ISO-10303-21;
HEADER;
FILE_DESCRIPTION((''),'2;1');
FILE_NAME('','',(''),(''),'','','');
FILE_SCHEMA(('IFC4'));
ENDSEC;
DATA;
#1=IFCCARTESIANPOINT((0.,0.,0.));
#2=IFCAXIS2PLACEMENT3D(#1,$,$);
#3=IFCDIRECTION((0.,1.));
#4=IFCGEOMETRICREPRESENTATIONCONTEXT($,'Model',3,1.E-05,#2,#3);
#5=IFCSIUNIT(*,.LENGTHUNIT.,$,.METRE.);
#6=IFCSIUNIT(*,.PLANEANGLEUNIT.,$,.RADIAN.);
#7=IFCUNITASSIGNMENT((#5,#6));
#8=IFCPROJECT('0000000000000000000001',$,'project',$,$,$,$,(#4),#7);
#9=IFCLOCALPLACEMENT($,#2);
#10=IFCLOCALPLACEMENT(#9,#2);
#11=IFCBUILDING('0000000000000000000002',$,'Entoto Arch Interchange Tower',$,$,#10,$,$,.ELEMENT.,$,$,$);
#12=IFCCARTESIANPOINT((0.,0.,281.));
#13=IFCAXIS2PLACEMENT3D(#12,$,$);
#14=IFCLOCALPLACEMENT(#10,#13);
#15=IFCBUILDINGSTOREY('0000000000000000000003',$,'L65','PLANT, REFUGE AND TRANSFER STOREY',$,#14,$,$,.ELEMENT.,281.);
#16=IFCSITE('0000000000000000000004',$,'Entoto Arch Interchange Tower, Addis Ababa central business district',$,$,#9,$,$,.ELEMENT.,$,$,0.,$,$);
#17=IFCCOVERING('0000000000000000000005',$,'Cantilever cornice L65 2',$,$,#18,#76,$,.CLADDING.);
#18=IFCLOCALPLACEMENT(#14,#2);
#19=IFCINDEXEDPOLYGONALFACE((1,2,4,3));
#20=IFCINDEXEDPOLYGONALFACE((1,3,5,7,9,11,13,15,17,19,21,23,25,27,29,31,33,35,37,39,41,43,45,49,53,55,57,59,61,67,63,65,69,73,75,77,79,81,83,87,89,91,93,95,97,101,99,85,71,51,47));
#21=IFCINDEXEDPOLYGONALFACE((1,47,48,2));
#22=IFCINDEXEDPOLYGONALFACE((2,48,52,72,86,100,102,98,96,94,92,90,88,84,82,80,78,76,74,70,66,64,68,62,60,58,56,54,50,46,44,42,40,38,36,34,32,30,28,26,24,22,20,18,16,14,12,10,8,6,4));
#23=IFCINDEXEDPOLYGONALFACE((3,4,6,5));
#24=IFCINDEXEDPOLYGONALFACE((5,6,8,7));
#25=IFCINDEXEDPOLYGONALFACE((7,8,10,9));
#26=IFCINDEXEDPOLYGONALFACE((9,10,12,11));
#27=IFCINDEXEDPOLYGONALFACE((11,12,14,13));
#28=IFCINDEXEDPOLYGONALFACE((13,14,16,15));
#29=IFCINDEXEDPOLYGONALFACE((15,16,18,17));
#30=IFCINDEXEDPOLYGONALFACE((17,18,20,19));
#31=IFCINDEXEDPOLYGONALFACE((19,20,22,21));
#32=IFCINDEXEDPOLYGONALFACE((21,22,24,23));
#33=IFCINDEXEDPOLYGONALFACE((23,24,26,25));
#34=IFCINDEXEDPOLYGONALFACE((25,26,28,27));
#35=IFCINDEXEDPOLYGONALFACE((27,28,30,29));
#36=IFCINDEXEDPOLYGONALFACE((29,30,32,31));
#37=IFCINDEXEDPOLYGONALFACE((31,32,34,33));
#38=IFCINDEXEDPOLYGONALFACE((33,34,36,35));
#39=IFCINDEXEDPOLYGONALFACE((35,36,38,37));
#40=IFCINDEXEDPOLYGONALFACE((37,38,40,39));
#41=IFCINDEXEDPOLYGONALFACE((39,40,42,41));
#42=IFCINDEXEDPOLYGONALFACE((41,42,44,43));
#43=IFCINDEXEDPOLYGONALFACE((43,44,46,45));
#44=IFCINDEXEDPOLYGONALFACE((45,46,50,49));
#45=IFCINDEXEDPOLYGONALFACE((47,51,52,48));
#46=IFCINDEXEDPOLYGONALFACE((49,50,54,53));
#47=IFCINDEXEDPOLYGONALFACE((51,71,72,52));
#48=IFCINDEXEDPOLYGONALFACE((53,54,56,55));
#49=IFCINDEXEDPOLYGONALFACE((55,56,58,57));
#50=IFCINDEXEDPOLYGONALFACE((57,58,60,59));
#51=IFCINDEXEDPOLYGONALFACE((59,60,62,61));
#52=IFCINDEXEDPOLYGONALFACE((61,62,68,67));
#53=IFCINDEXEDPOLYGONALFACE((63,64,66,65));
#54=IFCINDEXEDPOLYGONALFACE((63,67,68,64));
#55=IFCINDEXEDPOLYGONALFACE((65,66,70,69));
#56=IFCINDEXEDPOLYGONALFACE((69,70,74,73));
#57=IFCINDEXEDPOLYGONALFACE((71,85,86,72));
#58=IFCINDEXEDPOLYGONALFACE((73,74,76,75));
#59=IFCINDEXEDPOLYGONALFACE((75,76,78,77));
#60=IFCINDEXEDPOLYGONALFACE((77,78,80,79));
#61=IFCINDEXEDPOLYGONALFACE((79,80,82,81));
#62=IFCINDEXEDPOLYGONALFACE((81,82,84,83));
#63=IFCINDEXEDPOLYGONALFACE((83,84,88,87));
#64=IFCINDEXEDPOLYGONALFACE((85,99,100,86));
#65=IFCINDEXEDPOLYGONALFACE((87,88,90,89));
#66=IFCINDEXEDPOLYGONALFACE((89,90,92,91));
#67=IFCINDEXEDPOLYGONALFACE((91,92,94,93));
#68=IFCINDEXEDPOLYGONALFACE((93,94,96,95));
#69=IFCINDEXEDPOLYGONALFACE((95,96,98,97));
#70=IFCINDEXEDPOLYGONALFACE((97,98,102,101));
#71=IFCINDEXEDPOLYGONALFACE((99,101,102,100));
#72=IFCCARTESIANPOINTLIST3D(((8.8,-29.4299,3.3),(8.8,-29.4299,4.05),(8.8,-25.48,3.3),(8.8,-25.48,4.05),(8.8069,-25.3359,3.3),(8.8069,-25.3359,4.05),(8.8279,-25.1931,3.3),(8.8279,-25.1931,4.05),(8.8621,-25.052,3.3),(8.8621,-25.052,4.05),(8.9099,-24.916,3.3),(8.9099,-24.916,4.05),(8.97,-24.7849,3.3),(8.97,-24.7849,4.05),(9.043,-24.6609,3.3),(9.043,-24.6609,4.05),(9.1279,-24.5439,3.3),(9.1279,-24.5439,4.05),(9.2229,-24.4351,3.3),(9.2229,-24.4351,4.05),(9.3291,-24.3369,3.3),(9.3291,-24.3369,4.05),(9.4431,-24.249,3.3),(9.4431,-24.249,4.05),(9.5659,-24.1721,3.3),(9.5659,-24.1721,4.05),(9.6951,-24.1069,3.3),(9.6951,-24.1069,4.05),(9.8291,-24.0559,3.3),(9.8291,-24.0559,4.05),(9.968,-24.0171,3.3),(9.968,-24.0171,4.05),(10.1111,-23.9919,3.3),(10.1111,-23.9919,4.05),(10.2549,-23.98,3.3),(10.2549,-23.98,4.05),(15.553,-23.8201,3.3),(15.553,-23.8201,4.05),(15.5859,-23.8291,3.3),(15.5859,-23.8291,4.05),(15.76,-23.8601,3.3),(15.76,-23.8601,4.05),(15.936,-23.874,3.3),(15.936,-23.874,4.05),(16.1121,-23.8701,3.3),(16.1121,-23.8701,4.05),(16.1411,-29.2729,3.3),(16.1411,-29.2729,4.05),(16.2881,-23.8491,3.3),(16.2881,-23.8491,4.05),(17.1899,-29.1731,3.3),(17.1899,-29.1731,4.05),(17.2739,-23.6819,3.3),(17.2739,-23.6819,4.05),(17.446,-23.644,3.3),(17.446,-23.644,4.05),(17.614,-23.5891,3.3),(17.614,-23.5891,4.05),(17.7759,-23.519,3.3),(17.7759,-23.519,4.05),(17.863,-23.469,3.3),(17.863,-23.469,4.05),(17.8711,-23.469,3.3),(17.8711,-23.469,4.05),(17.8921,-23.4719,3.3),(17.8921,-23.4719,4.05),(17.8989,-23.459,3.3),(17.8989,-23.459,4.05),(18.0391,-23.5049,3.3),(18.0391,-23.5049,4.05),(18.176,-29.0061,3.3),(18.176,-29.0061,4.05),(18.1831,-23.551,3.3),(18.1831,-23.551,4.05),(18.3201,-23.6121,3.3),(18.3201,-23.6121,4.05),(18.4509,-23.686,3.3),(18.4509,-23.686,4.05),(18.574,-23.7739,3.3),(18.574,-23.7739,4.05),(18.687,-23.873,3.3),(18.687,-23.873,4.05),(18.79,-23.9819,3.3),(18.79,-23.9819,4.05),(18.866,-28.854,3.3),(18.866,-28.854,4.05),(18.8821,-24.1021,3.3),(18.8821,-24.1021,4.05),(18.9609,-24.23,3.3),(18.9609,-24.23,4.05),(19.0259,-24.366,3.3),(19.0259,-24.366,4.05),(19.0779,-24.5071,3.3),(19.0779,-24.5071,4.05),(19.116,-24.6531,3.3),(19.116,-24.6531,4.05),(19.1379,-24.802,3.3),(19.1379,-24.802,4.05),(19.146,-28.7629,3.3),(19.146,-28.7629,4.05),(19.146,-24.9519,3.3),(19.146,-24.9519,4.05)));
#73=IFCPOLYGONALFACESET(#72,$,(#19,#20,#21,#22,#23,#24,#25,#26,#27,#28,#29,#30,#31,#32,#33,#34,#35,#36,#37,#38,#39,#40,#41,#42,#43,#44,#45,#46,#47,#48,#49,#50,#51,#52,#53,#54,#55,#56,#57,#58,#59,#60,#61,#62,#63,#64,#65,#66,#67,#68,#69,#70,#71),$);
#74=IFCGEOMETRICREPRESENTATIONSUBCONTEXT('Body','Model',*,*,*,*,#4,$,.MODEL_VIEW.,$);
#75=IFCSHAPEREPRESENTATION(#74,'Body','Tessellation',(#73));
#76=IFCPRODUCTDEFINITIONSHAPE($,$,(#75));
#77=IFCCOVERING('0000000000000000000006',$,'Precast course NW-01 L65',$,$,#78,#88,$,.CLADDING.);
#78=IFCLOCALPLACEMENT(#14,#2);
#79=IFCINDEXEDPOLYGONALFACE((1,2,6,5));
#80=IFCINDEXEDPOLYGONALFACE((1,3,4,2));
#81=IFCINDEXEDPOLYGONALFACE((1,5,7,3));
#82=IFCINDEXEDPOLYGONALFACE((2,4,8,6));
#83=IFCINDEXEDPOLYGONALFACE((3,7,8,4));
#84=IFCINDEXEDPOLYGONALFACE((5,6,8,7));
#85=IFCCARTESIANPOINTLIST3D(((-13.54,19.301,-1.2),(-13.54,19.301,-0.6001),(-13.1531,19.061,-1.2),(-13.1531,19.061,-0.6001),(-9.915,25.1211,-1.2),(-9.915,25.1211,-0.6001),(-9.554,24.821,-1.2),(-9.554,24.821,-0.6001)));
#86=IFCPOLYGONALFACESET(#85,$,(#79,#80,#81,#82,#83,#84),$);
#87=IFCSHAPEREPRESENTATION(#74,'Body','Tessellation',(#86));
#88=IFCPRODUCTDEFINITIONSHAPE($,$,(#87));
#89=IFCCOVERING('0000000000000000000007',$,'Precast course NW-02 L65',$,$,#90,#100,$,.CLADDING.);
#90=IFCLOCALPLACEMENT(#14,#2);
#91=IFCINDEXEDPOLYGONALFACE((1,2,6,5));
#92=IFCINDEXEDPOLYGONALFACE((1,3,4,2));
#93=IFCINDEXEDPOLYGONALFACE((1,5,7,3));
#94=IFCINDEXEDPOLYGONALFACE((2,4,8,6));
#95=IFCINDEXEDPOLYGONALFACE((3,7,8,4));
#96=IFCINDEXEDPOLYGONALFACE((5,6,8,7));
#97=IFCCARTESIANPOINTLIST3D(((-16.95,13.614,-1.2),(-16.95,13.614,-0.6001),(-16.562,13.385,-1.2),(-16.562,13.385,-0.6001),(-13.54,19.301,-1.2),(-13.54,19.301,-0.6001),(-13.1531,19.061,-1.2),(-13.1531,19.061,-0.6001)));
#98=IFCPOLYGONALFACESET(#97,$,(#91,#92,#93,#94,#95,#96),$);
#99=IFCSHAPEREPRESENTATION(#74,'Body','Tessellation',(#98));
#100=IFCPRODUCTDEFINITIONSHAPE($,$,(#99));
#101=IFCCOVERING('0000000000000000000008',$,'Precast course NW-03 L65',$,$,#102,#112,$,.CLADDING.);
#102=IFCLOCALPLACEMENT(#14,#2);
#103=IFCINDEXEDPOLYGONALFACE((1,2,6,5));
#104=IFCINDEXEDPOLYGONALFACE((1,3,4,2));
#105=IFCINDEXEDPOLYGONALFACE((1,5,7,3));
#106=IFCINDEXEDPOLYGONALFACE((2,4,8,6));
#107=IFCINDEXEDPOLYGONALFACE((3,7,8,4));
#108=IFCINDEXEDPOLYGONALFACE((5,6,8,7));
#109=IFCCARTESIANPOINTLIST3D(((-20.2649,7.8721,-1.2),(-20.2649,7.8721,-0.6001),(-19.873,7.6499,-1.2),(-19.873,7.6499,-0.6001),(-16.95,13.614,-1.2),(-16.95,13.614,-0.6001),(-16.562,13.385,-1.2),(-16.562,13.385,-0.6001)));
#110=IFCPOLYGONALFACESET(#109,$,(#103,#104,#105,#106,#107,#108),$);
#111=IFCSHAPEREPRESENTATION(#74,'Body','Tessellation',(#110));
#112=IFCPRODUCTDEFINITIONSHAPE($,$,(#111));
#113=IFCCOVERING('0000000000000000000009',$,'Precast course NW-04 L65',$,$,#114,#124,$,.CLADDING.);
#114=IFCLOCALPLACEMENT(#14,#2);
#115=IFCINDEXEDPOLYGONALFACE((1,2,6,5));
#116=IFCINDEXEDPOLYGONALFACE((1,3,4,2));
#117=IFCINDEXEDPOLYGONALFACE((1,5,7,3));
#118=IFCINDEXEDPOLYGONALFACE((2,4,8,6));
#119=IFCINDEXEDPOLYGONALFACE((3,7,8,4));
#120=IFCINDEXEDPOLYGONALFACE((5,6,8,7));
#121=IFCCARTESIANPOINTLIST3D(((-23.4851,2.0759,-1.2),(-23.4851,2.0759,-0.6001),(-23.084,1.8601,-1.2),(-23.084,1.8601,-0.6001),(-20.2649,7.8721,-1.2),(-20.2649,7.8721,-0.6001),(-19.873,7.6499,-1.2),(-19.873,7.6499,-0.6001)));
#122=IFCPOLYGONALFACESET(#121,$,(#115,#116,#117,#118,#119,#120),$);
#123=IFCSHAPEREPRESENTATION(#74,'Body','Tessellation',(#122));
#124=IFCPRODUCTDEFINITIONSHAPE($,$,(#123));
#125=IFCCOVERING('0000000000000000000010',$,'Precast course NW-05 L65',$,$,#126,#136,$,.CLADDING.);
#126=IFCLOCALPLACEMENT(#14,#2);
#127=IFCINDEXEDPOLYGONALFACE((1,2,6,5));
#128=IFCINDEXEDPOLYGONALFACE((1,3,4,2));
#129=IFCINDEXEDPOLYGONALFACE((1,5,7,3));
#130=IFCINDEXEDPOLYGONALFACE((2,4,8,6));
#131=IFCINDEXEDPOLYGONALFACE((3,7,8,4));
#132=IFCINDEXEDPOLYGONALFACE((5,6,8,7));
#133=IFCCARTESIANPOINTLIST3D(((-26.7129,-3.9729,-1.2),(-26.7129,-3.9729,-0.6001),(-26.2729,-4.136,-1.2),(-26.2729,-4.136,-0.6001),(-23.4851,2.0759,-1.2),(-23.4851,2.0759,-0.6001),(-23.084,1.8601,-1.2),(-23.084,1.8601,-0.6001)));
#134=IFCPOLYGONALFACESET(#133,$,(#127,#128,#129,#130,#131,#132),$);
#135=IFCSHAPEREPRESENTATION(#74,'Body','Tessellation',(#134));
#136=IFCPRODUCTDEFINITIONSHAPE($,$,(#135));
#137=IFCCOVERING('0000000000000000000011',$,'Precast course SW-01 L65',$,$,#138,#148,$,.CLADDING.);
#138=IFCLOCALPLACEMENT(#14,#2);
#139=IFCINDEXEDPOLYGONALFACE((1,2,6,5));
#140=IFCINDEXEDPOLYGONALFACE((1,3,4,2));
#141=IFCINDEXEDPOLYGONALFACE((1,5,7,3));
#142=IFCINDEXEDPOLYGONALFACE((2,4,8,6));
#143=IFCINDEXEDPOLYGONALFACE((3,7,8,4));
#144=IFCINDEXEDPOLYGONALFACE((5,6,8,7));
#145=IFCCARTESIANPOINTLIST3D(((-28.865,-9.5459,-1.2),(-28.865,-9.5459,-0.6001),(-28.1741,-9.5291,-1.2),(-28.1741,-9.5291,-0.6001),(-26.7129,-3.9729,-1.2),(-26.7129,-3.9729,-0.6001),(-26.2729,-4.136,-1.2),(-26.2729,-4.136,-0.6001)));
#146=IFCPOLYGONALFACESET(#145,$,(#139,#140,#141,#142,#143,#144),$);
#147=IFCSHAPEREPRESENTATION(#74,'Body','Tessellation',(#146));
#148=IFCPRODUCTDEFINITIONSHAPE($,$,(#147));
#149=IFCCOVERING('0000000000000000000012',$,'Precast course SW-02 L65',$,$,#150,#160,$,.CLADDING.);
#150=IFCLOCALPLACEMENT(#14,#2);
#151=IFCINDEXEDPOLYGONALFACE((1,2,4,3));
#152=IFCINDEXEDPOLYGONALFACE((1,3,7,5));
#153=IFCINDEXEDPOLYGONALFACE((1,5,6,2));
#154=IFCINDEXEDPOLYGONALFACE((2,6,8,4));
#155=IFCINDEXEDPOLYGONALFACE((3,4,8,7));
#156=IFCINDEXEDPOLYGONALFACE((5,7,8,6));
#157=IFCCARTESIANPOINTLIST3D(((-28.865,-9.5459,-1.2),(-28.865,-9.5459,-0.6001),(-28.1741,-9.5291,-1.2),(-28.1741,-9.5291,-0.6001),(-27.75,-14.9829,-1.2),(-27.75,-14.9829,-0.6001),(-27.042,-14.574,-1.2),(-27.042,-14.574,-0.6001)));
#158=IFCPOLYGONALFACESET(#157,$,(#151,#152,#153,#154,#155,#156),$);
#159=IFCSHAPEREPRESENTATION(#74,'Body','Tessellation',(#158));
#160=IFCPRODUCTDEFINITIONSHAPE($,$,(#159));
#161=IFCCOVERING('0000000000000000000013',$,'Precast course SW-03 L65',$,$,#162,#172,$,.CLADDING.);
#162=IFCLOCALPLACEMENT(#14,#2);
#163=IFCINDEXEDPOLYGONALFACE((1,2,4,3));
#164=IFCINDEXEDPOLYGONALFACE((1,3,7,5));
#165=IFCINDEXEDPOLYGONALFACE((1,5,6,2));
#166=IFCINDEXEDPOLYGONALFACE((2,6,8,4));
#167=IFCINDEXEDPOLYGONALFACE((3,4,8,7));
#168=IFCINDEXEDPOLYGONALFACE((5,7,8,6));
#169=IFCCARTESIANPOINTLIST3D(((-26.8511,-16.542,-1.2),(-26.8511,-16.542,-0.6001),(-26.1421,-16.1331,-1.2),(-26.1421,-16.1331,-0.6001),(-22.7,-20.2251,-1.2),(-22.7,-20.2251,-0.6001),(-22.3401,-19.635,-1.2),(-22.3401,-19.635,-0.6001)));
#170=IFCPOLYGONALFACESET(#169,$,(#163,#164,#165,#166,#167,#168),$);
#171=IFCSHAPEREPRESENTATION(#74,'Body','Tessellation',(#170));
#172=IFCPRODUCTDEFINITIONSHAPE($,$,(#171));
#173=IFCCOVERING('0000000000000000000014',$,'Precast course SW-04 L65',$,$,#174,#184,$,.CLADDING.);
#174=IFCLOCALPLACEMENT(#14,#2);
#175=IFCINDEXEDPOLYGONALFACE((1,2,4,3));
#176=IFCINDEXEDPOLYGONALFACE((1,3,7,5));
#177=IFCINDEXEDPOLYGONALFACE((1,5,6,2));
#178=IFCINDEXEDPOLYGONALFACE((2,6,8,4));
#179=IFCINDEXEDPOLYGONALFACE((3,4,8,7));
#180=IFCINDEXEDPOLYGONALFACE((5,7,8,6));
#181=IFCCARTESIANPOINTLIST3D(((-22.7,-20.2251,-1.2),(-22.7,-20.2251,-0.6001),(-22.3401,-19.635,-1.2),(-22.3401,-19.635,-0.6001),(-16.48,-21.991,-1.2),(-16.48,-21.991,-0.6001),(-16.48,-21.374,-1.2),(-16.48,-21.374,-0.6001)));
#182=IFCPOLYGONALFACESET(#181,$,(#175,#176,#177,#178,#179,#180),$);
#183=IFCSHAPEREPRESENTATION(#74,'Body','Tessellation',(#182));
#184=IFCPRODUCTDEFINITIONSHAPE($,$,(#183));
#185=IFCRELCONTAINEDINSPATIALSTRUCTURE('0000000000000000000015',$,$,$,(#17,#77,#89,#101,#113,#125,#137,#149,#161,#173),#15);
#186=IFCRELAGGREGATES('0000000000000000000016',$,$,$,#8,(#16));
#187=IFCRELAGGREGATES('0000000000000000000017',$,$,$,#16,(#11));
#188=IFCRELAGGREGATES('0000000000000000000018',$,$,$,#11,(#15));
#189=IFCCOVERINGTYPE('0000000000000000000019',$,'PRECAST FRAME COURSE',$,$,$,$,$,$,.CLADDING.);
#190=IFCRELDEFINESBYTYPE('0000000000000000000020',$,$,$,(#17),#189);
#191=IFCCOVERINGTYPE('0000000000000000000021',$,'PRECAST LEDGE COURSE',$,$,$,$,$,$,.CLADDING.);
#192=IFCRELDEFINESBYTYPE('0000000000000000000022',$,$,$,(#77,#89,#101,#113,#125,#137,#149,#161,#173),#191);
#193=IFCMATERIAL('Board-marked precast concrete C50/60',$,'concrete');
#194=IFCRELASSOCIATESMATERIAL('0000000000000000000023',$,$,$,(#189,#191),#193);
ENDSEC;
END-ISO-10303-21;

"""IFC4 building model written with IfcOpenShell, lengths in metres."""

from ifc_helpers import new_model, si_unit, direction, frame, origin, place, context, subcontext, project, spatial, polyline, outline, extrude, material, type_object, element, save


model = new_model("IFC4")

# Units and contexts
model_context = context("Model", 3, precision=1e-05, world=origin(), true_north=direction((0.0, 1.0)))
body_context = subcontext(model_context, "Body", "Model", "MODEL_VIEW")
ifc_project = project(units=[si_unit("LENGTHUNIT", "METRE"), si_unit("PLANEANGLEUNIT", "RADIAN")], contexts=[model_context])

# Site, building, storey
site_placement = place(None, origin())
site = spatial("IfcSite", under=ifc_project, at=site_placement, Name="Entoto Arch Interchange Tower, Addis Ababa central business district", CompositionType="ELEMENT", RefElevation=0.0)
building_placement = place(site_placement, origin())
building = spatial("IfcBuilding", under=site, at=building_placement, Name="Entoto Arch Interchange Tower", CompositionType="ELEMENT")
storey_placement = place(building_placement, frame((0.0, 0.0, 281.0)))
storey = spatial("IfcBuildingStorey", under=building, at=storey_placement, Name="L65", Description="PLANT, REFUGE AND TRANSFER STOREY", CompositionType="ELEMENT", Elevation=281.0)

# Coverings
ifc_material_1 = material(Name="Board-marked precast concrete C50/60", Category="concrete")
covering_type_1 = type_object("IfcCoveringType", Name="PRECAST FRAME COURSE", PredefinedType="CLADDING", material=ifc_material_1)
covering_1_placement = place(storey_placement, frame((0.0, 0.0, 3.3)))
element("IfcCovering", 1, at=covering_1_placement, inside=storey, type_object=covering_type_1, Name="Cantilever cornice L65 2", PredefinedType="CLADDING", context=body_context, shape_type="SweptSolid", body=[
    extrude(outline(polyline([(18.1831, -23.551), (18.3201, -23.6121), (18.4509, -23.686), (18.574, -23.7739), (18.687, -23.873), (18.79, -23.9819), (18.8821, -24.1021), (18.9609, -24.23), (19.0259, -24.366), (19.0779, -24.5071), (19.116, -24.6531), (19.1379, -24.802), (19.146, -24.9519), (19.146, -28.7629), (18.866, -28.854), (18.176, -29.0061), (17.1899, -29.1731), (16.1411, -29.2729), (8.8, -29.4299), (8.8, -25.48), (8.8069, -25.3359), (8.8279, -25.1931), (8.8621, -25.052), (8.9099, -24.916), (8.97, -24.7849), (9.043, -24.6609), (9.1279, -24.5439), (9.2229, -24.4351), (9.3291, -24.3369), (9.4431, -24.249), (9.5659, -24.1721), (9.6951, -24.1069), (9.8291, -24.0559), (9.968, -24.0171), (10.1111, -23.9919), (10.2549, -23.98), (10.2549, -23.98), (15.553, -23.8201), (15.5859, -23.8291), (15.76, -23.8601), (15.936, -23.874), (16.1121, -23.8701), (16.2881, -23.8491), (17.2739, -23.6819), (17.446, -23.644), (17.614, -23.5891), (17.7759, -23.519), (17.863, -23.469), (17.8989, -23.459), (17.8711, -23.469), (17.8921, -23.4719), (18.0391, -23.5049), (18.1831, -23.551)])), origin(), (0.0, 0.0, 1.0), 0.75),
])
covering_type_2 = type_object("IfcCoveringType", Name="PRECAST LEDGE COURSE", PredefinedType="CLADDING", material=ifc_material_1)
covering_2_placement = place(storey_placement, frame((0.0, 0.0, -1.2)))
element("IfcCovering", 2, at=covering_2_placement, inside=storey, type_object=covering_type_2, Name="Precast course NW-01 L65", PredefinedType="CLADDING", context=body_context, shape_type="SweptSolid", body=[
    extrude(outline(polyline([(-13.1531, 19.061), (-13.54, 19.301), (-9.915, 25.1211), (-9.554, 24.821), (-13.1531, 19.061)])), origin(), (0.0, 0.0, 1.0), 0.5999),
])
covering_3_placement = place(storey_placement, frame((0.0, 0.0, -1.2)))
element("IfcCovering", 3, at=covering_3_placement, inside=storey, type_object=covering_type_2, Name="Precast course NW-02 L65", PredefinedType="CLADDING", context=body_context, shape_type="SweptSolid", body=[
    extrude(outline(polyline([(-16.562, 13.385), (-16.95, 13.614), (-13.54, 19.301), (-13.1531, 19.061), (-16.562, 13.385)])), origin(), (0.0, 0.0, 1.0), 0.5999),
])
covering_4_placement = place(storey_placement, frame((0.0, 0.0, -1.2)))
element("IfcCovering", 4, at=covering_4_placement, inside=storey, type_object=covering_type_2, Name="Precast course NW-03 L65", PredefinedType="CLADDING", context=body_context, shape_type="SweptSolid", body=[
    extrude(outline(polyline([(-19.873, 7.6499), (-20.2649, 7.8721), (-16.95, 13.614), (-16.562, 13.385), (-19.873, 7.6499)])), origin(), (0.0, 0.0, 1.0), 0.5999),
])
covering_5_placement = place(storey_placement, frame((0.0, 0.0, -1.2)))
element("IfcCovering", 5, at=covering_5_placement, inside=storey, type_object=covering_type_2, Name="Precast course NW-04 L65", PredefinedType="CLADDING", context=body_context, shape_type="SweptSolid", body=[
    extrude(outline(polyline([(-23.084, 1.8601), (-23.4851, 2.0759), (-20.2649, 7.8721), (-19.873, 7.6499), (-23.084, 1.8601)])), origin(), (0.0, 0.0, 1.0), 0.5999),
])
covering_6_placement = place(storey_placement, frame((0.0, 0.0, -1.2)))
element("IfcCovering", 6, at=covering_6_placement, inside=storey, type_object=covering_type_2, Name="Precast course NW-05 L65", PredefinedType="CLADDING", context=body_context, shape_type="SweptSolid", body=[
    extrude(outline(polyline([(-26.2729, -4.136), (-26.7129, -3.9729), (-23.4851, 2.0759), (-23.084, 1.8601), (-26.2729, -4.136)])), origin(), (0.0, 0.0, 1.0), 0.5999),
])
covering_7_placement = place(storey_placement, frame((0.0, 0.0, -1.2)))
element("IfcCovering", 7, at=covering_7_placement, inside=storey, type_object=covering_type_2, Name="Precast course SW-01 L65", PredefinedType="CLADDING", context=body_context, shape_type="SweptSolid", body=[
    extrude(outline(polyline([(-28.1741, -9.5291), (-28.865, -9.5459), (-26.7129, -3.9729), (-26.2729, -4.136), (-28.1741, -9.5291)])), origin(), (0.0, 0.0, 1.0), 0.5999),
])
covering_8_placement = place(storey_placement, frame((0.0, 0.0, -1.2)))
element("IfcCovering", 8, at=covering_8_placement, inside=storey, type_object=covering_type_2, Name="Precast course SW-02 L65", PredefinedType="CLADDING", context=body_context, shape_type="SweptSolid", body=[
    extrude(outline(polyline([(-27.042, -14.574), (-27.75, -14.9829), (-28.865, -9.5459), (-28.1741, -9.5291), (-27.042, -14.574)])), origin(), (0.0, 0.0, 1.0), 0.5999),
])
covering_9_placement = place(storey_placement, frame((0.0, 0.0, -1.2)))
element("IfcCovering", 9, at=covering_9_placement, inside=storey, type_object=covering_type_2, Name="Precast course SW-03 L65", PredefinedType="CLADDING", context=body_context, shape_type="SweptSolid", body=[
    extrude(outline(polyline([(-22.3401, -19.635), (-22.7, -20.2251), (-26.8511, -16.542), (-26.1421, -16.1331), (-22.3401, -19.635)])), origin(), (0.0, 0.0, 1.0), 0.5999),
])
covering_10_placement = place(storey_placement, frame((0.0, 0.0, -1.2)))
element("IfcCovering", 10, at=covering_10_placement, inside=storey, type_object=covering_type_2, Name="Precast course SW-04 L65", PredefinedType="CLADDING", context=body_context, shape_type="SweptSolid", body=[
    extrude(outline(polyline([(-16.48, -21.374), (-16.48, -21.991), (-22.7, -20.2251), (-22.3401, -19.635), (-16.48, -21.374)])), origin(), (0.0, 0.0, 1.0), 0.5999),
])

save(model, "model.ifc")
